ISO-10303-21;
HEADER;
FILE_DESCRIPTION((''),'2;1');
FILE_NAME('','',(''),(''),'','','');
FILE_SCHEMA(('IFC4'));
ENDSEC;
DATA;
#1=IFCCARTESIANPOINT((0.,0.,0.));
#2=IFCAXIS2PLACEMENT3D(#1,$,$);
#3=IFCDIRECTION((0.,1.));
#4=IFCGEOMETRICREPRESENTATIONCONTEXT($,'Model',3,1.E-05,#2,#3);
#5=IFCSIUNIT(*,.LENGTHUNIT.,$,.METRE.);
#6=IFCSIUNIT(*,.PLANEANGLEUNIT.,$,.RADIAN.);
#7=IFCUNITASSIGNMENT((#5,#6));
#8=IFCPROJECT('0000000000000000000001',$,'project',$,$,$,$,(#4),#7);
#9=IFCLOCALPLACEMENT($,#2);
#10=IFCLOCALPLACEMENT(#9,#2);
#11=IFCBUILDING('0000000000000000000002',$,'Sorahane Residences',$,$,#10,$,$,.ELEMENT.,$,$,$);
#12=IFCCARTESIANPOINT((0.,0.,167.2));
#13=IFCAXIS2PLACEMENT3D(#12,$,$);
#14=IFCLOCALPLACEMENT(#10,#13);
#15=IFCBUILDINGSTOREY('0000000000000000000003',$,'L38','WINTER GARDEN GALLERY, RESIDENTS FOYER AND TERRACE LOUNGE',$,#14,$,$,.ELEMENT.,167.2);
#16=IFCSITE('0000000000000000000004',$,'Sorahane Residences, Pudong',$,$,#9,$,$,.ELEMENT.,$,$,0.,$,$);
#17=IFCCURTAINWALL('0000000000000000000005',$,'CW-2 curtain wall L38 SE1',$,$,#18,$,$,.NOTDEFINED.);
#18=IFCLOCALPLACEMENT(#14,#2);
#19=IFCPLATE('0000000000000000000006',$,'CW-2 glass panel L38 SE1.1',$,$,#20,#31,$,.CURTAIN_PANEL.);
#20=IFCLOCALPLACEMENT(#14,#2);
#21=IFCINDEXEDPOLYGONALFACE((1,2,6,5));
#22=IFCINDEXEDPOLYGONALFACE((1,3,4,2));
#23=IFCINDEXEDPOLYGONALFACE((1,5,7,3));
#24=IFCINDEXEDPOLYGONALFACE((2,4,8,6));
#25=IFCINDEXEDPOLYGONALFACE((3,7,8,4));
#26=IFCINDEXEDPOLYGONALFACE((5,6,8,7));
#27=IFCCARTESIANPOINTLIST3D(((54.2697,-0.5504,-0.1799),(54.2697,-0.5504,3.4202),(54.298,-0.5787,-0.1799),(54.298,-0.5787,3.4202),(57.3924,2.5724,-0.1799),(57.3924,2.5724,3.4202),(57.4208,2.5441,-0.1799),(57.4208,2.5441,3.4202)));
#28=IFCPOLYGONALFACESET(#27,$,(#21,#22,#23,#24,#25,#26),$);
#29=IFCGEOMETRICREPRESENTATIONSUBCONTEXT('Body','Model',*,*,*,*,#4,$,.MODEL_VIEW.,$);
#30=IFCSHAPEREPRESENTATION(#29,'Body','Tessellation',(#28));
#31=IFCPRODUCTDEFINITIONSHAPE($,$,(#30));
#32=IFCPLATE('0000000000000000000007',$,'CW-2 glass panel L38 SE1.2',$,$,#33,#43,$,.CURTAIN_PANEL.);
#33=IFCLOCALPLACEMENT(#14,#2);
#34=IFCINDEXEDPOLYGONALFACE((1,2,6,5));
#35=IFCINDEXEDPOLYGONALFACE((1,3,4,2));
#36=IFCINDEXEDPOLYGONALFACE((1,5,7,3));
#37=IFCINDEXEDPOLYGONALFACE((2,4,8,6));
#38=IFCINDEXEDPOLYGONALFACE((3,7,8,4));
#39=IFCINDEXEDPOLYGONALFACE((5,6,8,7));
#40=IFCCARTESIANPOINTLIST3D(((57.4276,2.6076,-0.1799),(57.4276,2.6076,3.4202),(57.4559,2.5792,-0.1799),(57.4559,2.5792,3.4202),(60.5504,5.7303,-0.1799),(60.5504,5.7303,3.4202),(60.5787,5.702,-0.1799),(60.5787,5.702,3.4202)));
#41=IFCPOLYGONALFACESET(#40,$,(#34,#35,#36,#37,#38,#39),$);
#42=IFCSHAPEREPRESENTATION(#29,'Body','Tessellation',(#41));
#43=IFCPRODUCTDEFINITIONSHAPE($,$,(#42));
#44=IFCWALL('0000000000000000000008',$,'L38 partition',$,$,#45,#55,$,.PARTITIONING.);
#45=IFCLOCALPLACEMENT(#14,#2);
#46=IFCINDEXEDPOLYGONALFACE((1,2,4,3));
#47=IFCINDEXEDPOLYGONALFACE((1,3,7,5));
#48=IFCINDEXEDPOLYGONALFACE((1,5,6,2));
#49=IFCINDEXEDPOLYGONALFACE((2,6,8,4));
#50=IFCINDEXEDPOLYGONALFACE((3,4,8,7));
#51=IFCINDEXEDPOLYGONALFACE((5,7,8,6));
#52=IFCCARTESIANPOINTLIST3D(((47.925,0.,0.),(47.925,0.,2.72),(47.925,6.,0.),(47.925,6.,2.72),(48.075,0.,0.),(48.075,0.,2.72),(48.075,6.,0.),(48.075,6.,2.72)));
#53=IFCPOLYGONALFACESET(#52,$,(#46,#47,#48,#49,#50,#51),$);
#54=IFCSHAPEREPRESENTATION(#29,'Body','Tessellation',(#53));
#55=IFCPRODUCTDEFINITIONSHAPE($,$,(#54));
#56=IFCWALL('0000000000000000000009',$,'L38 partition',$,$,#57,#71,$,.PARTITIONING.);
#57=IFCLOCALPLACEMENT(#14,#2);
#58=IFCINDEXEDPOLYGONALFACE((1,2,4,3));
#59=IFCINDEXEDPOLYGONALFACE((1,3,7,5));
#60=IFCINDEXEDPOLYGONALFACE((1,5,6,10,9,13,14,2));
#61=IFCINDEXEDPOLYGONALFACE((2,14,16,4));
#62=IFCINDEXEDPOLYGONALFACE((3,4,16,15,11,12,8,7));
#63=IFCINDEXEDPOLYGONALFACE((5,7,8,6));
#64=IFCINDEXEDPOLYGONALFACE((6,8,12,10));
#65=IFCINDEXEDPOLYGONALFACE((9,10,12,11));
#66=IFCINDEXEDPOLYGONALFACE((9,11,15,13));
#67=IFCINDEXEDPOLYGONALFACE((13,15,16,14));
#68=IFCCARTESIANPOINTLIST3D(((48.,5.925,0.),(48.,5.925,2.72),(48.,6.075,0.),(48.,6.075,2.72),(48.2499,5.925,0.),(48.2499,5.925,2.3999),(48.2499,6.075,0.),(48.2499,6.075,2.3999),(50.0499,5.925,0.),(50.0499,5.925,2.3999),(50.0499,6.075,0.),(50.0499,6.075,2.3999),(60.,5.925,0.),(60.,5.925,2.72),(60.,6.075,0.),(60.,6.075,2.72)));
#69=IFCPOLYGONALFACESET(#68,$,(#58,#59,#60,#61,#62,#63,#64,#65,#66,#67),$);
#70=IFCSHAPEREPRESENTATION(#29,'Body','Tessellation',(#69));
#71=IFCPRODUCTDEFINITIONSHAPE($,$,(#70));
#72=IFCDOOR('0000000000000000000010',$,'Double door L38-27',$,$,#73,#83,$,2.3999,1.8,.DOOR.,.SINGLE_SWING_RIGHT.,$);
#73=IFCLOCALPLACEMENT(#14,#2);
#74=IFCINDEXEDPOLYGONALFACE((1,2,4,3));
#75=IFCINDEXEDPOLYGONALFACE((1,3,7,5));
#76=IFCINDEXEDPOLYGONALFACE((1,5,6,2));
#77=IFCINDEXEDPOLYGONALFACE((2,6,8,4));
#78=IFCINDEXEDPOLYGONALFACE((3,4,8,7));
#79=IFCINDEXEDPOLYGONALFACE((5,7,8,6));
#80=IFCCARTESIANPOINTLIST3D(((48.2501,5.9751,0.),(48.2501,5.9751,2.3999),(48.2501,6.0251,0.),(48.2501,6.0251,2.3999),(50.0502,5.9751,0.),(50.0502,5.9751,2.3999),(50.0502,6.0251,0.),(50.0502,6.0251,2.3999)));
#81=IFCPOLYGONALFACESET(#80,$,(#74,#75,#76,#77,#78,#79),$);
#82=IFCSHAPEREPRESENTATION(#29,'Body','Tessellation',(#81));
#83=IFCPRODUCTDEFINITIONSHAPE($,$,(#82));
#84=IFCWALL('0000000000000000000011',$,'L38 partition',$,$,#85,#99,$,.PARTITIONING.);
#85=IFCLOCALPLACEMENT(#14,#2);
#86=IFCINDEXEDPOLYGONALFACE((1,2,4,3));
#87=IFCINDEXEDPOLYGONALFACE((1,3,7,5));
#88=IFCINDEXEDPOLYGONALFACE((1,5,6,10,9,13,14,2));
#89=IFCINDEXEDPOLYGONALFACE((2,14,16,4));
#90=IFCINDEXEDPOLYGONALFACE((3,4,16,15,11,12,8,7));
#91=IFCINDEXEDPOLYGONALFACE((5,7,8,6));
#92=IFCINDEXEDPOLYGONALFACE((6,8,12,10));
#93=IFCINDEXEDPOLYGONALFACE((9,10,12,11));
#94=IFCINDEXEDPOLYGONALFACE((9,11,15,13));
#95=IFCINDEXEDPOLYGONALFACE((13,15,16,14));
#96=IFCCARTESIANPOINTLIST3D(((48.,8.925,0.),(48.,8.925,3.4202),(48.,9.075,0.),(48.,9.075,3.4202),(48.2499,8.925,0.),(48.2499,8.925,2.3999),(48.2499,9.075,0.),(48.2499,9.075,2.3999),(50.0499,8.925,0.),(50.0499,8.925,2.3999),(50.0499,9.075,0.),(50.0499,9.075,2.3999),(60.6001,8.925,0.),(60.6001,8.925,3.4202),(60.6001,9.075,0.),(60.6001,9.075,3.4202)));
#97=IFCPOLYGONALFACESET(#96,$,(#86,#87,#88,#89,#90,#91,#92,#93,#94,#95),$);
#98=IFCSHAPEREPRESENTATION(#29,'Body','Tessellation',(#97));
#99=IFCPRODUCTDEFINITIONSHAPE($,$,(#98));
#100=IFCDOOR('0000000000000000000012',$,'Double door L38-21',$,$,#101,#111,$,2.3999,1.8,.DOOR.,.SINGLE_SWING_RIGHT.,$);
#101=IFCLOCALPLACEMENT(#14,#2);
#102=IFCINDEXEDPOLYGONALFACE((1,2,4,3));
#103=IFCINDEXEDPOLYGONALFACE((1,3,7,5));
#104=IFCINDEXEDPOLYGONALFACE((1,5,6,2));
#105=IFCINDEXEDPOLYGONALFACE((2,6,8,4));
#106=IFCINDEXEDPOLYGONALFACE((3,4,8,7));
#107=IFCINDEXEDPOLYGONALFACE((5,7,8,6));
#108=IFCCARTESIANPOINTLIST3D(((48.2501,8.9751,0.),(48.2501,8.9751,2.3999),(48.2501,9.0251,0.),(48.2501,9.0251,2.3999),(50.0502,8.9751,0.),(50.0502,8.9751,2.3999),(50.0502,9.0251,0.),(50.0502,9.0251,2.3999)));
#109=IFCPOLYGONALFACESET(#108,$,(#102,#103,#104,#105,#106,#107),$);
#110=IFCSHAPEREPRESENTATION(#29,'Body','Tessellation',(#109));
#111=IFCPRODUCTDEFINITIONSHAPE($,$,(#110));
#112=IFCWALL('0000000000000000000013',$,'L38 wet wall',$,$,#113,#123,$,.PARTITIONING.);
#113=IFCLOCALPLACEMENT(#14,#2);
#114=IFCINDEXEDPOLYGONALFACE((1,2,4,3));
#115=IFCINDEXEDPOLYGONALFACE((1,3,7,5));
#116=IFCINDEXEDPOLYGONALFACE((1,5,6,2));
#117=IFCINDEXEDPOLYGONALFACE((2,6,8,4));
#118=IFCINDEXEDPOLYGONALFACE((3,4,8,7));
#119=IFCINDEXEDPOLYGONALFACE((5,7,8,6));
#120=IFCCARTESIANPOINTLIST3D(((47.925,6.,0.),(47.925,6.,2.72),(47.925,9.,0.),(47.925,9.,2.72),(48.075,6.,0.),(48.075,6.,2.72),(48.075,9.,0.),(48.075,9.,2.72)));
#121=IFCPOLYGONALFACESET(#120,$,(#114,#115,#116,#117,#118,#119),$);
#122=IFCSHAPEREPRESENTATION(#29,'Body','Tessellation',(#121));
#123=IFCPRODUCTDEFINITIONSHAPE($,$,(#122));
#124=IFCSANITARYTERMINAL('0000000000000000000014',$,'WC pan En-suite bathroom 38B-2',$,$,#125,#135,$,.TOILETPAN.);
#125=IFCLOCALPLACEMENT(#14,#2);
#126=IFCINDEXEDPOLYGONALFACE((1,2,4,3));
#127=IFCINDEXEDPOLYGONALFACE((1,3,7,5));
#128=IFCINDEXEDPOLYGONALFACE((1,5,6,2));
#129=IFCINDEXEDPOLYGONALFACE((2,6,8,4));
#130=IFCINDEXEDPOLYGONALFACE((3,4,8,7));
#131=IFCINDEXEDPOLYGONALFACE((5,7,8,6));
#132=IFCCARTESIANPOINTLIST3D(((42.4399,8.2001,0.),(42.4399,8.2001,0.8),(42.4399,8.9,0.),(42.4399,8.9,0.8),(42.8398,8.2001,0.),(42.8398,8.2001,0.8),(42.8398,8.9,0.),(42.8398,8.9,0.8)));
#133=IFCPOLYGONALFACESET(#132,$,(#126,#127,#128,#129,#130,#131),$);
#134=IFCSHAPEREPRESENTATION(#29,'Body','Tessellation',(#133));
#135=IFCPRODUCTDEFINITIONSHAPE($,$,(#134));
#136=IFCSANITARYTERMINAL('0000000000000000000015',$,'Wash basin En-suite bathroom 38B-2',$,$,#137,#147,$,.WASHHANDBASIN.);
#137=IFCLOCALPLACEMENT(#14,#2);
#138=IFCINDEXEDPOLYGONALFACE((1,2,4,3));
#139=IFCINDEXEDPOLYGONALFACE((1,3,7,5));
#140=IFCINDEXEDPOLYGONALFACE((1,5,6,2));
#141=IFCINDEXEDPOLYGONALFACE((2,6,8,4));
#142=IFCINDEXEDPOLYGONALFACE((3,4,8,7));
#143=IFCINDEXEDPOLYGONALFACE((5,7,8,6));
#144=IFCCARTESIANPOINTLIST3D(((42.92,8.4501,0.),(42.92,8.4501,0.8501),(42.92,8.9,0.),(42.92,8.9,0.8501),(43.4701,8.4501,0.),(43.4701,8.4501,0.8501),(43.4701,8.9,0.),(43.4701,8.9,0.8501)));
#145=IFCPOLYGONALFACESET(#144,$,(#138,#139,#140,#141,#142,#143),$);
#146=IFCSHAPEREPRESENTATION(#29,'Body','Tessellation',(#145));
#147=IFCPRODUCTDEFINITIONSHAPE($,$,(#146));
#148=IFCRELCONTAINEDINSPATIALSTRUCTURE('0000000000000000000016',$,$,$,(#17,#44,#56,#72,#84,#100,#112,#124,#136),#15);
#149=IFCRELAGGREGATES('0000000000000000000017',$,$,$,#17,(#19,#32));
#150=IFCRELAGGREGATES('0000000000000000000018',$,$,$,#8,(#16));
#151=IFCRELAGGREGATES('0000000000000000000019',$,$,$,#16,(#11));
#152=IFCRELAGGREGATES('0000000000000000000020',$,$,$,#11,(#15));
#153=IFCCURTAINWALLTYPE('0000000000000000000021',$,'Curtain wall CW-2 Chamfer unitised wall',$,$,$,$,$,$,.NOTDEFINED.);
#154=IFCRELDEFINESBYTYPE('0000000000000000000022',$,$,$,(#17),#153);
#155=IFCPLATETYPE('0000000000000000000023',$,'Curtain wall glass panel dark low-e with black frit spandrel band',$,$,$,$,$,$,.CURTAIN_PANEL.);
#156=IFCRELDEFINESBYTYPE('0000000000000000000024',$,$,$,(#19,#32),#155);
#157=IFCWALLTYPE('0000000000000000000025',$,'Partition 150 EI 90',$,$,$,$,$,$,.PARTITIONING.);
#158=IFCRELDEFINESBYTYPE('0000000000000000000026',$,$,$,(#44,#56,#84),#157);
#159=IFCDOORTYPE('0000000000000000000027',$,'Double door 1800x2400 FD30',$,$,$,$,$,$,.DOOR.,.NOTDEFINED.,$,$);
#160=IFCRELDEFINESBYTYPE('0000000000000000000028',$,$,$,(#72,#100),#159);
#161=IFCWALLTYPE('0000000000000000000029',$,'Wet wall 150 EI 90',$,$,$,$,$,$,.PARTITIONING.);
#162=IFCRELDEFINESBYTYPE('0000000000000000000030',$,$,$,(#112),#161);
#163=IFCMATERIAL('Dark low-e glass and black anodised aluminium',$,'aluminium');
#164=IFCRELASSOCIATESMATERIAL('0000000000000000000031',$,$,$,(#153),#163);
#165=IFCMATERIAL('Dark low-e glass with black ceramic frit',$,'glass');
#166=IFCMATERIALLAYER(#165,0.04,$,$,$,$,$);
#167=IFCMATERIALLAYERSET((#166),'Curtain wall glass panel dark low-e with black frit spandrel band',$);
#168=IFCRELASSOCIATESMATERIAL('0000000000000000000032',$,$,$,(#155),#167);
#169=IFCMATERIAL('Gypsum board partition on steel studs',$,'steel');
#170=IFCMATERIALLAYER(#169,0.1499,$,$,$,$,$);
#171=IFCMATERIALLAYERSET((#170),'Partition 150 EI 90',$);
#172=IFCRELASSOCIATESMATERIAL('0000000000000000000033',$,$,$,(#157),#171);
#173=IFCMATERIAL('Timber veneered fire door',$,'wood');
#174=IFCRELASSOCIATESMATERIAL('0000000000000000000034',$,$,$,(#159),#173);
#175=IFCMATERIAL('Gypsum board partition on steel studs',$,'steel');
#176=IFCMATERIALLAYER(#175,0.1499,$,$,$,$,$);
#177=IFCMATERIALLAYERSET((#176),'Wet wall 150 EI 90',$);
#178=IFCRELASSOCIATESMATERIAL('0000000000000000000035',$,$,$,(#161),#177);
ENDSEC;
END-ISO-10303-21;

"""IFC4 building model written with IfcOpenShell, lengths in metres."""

from ifc_helpers import new_model, si_unit, direction, frame, frame_2d, origin, origin_2d, place, context, subcontext, project, spatial, rectangle, extrude, material, layer, layer_set, type_object, element, fill, aggregate, save


model = new_model("IFC4")

# Units and contexts
model_context = context("Model", 3, precision=1e-05, world=origin(), true_north=direction((0.0, 1.0)))
body_context = subcontext(model_context, "Body", "Model", "MODEL_VIEW")
ifc_project = project(units=[si_unit("LENGTHUNIT", "METRE"), si_unit("PLANEANGLEUNIT", "RADIAN")], contexts=[model_context])

# Site, building, storey
site_placement = place(None, origin())
site = spatial("IfcSite", under=ifc_project, at=site_placement, Name="Sorahane Residences, Pudong", CompositionType="ELEMENT", RefElevation=0.0)
building_placement = place(site_placement, origin())
building = spatial("IfcBuilding", under=site, at=building_placement, Name="Sorahane Residences", CompositionType="ELEMENT")
storey_placement = place(building_placement, frame((0.0, 0.0, 167.2)))
storey = spatial("IfcBuildingStorey", under=building, at=storey_placement, Name="L38", Description="WINTER GARDEN GALLERY, RESIDENTS FOYER AND TERRACE LOUNGE", CompositionType="ELEMENT", Elevation=167.2)

# Curtain wall
ifc_material_1 = material(Name="Dark low-e glass and black anodised aluminium", Category="aluminium")
curtain_wall_type_1 = type_object("IfcCurtainWallType", Name="Curtain wall CW-2 Chamfer unitised wall", PredefinedType="NOTDEFINED", material=ifc_material_1)
curtain_wall_1_placement = place(storey_placement, origin())
curtain_wall_1 = element("IfcCurtainWall", 1, at=curtain_wall_1_placement, inside=storey, type_object=curtain_wall_type_1, Name="CW-2 curtain wall L38 SE1", PredefinedType="NOTDEFINED")

# Plates
ifc_material_2 = material(Name="Dark low-e glass with black ceramic frit", Category="glass")
ifc_layer_1 = layer(ifc_material_2, 0.04)
ifc_layer_set_1 = layer_set([ifc_layer_1], Name="Curtain wall glass panel dark low-e with black frit spandrel band")
plate_type = type_object("IfcPlateType", Name="Curtain wall glass panel dark low-e with black frit spandrel band", PredefinedType="CURTAIN_PANEL", material=ifc_layer_set_1)
plate_1_placement = place(storey_placement, frame((55.8452, 0.9968, -0.1799), z_axis=(0.0, 0.0, 1.0), x_axis=(0.707107, 0.707107, 0.0)))
plate_1 = element("IfcPlate", 2, at=plate_1_placement, type_object=plate_type, Name="CW-2 glass panel L38 SE1.1", PredefinedType="CURTAIN_PANEL", context=body_context, shape_type="SweptSolid", body=[
    extrude(rectangle(XDim=4.4163, YDim=0.04, at=origin_2d()), origin(), (0.0, 0.0, 1.0), 3.6001),
])
plate_2_placement = place(storey_placement, frame((59.0032, 4.1548, -0.1799), z_axis=(0.0, 0.0, 1.0), x_axis=(0.707107, 0.707107, 0.0)))
plate_2 = element("IfcPlate", 3, at=plate_2_placement, type_object=plate_type, Name="CW-2 glass panel L38 SE1.2", PredefinedType="CURTAIN_PANEL", context=body_context, shape_type="SweptSolid", body=[
    extrude(rectangle(XDim=4.4163, YDim=0.04, at=origin_2d()), origin(), (0.0, 0.0, 1.0), 3.6001),
])
aggregate(curtain_wall_1, [plate_1, plate_2])

# Wall
ifc_material_3 = material(Name="Gypsum board partition on steel studs", Category="steel")
ifc_layer_2 = layer(ifc_material_3, 0.1499)
ifc_layer_set_2 = layer_set([ifc_layer_2], Name="Partition 150 EI 90")
wall_type_1 = type_object("IfcWallType", Name="Partition 150 EI 90", PredefinedType="PARTITIONING", material=ifc_layer_set_2)
wall_1_placement = place(storey_placement, frame((48.0, 0.0, 0.0), z_axis=(0.0, 0.0, 1.0), x_axis=(0.0, 1.0, 0.0)))
element("IfcWall", 4, at=wall_1_placement, inside=storey, type_object=wall_type_1, Name="L38 partition", PredefinedType="PARTITIONING", context=body_context, shape_type="SweptSolid", body=[
    extrude(rectangle(XDim=6.0, YDim=0.1499, at=frame_2d((3.0, 0.0))), origin(), (0.0, 0.0, 1.0), 2.72),
])

# Walls, openings, doors
wall_2_placement = place(storey_placement, frame((48.0, 6.0, 0.0), z_axis=(0.0, 0.0, 1.0), x_axis=(1.0, 0.0, 0.0)))
wall_2 = element("IfcWall", 5, at=wall_2_placement, inside=storey, type_object=wall_type_1, Name="L38 partition", PredefinedType="PARTITIONING", context=body_context, shape_type="SweptSolid", body=[
    extrude(rectangle(XDim=12.0, YDim=0.1499, at=frame_2d((6.0, 0.0))), origin(), (0.0, 0.0, 1.0), 2.72),
])
opening_1_placement = place(wall_2_placement, frame((0.25, 0.0, 0.0)))
opening_1 = element("IfcOpeningElement", 6, at=opening_1_placement, cuts=wall_2, PredefinedType="OPENING", context=body_context, shape_type="SweptSolid", body=[
    extrude(rectangle(XDim=1.8, YDim=2.3999, at=frame_2d((0.8999, 1.2))), frame((0.0, 0.085, 0.0), z_axis=(0.0, -1.0, 0.0), x_axis=(1.0, 0.0, 0.0)), (0.0, 0.0, 1.0), 0.1699),
])
ifc_material_4 = material(Name="Timber veneered fire door", Category="wood")
door_type = type_object("IfcDoorType", Name="Double door 1800x2400 FD30", OperationType="NOTDEFINED", PredefinedType="DOOR", material=ifc_material_4)
door_1_placement = place(opening_1_placement, frame((1.8, 0.0, 0.0), z_axis=(0.0, 0.0, 1.0), x_axis=(-1.0, 0.0, 0.0)))
door_1 = element("IfcDoor", 7, at=door_1_placement, inside=storey, type_object=door_type, Name="Double door L38-27", OperationType="SINGLE_SWING_RIGHT", OverallHeight=2.3999, OverallWidth=1.8, PredefinedType="DOOR", context=body_context, shape_type="SweptSolid", body=[
    extrude(rectangle(XDim=1.8, YDim=2.3999, at=frame_2d((0.8999, 1.2))), frame((0.0, 0.0249, 0.0), z_axis=(0.0, -1.0, 0.0), x_axis=(1.0, 0.0, 0.0)), (0.0, 0.0, 1.0), 0.05),
])
fill(opening_1, door_1)
wall_3_placement = place(storey_placement, frame((48.0, 9.0, 0.0), z_axis=(0.0, 0.0, 1.0), x_axis=(1.0, 0.0, 0.0)))
wall_3 = element("IfcWall", 8, at=wall_3_placement, inside=storey, type_object=wall_type_1, Name="L38 partition", PredefinedType="PARTITIONING", context=body_context, shape_type="SweptSolid", body=[
    extrude(rectangle(XDim=12.6001, YDim=0.1499, at=frame_2d((6.3, 0.0))), origin(), (0.0, 0.0, 1.0), 3.4202),
])
opening_2_placement = place(wall_3_placement, frame((0.25, 0.0, 0.0)))
opening_2 = element("IfcOpeningElement", 9, at=opening_2_placement, cuts=wall_3, PredefinedType="OPENING", context=body_context, shape_type="SweptSolid", body=[
    extrude(rectangle(XDim=1.8, YDim=2.3999, at=frame_2d((0.8999, 1.2))), frame((0.0, 0.085, 0.0), z_axis=(0.0, -1.0, 0.0), x_axis=(1.0, 0.0, 0.0)), (0.0, 0.0, 1.0), 0.1699),
])
door_2_placement = place(opening_2_placement, frame((1.8, 0.0, 0.0), z_axis=(0.0, 0.0, 1.0), x_axis=(-1.0, 0.0, 0.0)))
door_2 = element("IfcDoor", 10, at=door_2_placement, inside=storey, type_object=door_type, Name="Double door L38-21", OperationType="SINGLE_SWING_RIGHT", OverallHeight=2.3999, OverallWidth=1.8, PredefinedType="DOOR", context=body_context, shape_type="SweptSolid", body=[
    extrude(rectangle(XDim=1.8, YDim=2.3999, at=frame_2d((0.8999, 1.2))), frame((0.0, 0.0249, 0.0), z_axis=(0.0, -1.0, 0.0), x_axis=(1.0, 0.0, 0.0)), (0.0, 0.0, 1.0), 0.05),
])
fill(opening_2, door_2)

# Wall
ifc_material_5 = material(Name="Gypsum board partition on steel studs", Category="steel")
ifc_layer_3 = layer(ifc_material_5, 0.1499)
ifc_layer_set_3 = layer_set([ifc_layer_3], Name="Wet wall 150 EI 90")
wall_type_2 = type_object("IfcWallType", Name="Wet wall 150 EI 90", PredefinedType="PARTITIONING", material=ifc_layer_set_3)
wall_4_placement = place(storey_placement, frame((48.0, 6.0, 0.0), z_axis=(0.0, 0.0, 1.0), x_axis=(0.0, 1.0, 0.0)))
element("IfcWall", 11, at=wall_4_placement, inside=storey, type_object=wall_type_2, Name="L38 wet wall", PredefinedType="PARTITIONING", context=body_context, shape_type="SweptSolid", body=[
    extrude(rectangle(XDim=3.0, YDim=0.1499, at=frame_2d((1.5, 0.0))), origin(), (0.0, 0.0, 1.0), 2.72),
])

# Sanitary terminals
sanitary_terminal_1_placement = place(storey_placement, frame((42.6399, 8.55, 0.0), z_axis=(0.0, 0.0, 1.0), x_axis=(1.0, 0.0, 0.0)))
element("IfcSanitaryTerminal", 12, at=sanitary_terminal_1_placement, inside=storey, Name="WC pan En-suite bathroom 38B-2", PredefinedType="TOILETPAN", context=body_context, shape_type="SweptSolid", body=[
    extrude(rectangle(XDim=0.3999, YDim=0.7, at=origin_2d()), origin(), (0.0, 0.0, 1.0), 0.8),
])
sanitary_terminal_2_placement = place(storey_placement, frame((43.1951, 8.675, 0.0), z_axis=(0.0, 0.0, 1.0), x_axis=(1.0, 0.0, 0.0)))
element("IfcSanitaryTerminal", 13, at=sanitary_terminal_2_placement, inside=storey, Name="Wash basin En-suite bathroom 38B-2", PredefinedType="WASHHANDBASIN", context=body_context, shape_type="SweptSolid", body=[
    extrude(rectangle(XDim=0.55, YDim=0.45, at=origin_2d()), origin(), (0.0, 0.0, 1.0), 0.8501),
])

save(model, "model.ifc")
